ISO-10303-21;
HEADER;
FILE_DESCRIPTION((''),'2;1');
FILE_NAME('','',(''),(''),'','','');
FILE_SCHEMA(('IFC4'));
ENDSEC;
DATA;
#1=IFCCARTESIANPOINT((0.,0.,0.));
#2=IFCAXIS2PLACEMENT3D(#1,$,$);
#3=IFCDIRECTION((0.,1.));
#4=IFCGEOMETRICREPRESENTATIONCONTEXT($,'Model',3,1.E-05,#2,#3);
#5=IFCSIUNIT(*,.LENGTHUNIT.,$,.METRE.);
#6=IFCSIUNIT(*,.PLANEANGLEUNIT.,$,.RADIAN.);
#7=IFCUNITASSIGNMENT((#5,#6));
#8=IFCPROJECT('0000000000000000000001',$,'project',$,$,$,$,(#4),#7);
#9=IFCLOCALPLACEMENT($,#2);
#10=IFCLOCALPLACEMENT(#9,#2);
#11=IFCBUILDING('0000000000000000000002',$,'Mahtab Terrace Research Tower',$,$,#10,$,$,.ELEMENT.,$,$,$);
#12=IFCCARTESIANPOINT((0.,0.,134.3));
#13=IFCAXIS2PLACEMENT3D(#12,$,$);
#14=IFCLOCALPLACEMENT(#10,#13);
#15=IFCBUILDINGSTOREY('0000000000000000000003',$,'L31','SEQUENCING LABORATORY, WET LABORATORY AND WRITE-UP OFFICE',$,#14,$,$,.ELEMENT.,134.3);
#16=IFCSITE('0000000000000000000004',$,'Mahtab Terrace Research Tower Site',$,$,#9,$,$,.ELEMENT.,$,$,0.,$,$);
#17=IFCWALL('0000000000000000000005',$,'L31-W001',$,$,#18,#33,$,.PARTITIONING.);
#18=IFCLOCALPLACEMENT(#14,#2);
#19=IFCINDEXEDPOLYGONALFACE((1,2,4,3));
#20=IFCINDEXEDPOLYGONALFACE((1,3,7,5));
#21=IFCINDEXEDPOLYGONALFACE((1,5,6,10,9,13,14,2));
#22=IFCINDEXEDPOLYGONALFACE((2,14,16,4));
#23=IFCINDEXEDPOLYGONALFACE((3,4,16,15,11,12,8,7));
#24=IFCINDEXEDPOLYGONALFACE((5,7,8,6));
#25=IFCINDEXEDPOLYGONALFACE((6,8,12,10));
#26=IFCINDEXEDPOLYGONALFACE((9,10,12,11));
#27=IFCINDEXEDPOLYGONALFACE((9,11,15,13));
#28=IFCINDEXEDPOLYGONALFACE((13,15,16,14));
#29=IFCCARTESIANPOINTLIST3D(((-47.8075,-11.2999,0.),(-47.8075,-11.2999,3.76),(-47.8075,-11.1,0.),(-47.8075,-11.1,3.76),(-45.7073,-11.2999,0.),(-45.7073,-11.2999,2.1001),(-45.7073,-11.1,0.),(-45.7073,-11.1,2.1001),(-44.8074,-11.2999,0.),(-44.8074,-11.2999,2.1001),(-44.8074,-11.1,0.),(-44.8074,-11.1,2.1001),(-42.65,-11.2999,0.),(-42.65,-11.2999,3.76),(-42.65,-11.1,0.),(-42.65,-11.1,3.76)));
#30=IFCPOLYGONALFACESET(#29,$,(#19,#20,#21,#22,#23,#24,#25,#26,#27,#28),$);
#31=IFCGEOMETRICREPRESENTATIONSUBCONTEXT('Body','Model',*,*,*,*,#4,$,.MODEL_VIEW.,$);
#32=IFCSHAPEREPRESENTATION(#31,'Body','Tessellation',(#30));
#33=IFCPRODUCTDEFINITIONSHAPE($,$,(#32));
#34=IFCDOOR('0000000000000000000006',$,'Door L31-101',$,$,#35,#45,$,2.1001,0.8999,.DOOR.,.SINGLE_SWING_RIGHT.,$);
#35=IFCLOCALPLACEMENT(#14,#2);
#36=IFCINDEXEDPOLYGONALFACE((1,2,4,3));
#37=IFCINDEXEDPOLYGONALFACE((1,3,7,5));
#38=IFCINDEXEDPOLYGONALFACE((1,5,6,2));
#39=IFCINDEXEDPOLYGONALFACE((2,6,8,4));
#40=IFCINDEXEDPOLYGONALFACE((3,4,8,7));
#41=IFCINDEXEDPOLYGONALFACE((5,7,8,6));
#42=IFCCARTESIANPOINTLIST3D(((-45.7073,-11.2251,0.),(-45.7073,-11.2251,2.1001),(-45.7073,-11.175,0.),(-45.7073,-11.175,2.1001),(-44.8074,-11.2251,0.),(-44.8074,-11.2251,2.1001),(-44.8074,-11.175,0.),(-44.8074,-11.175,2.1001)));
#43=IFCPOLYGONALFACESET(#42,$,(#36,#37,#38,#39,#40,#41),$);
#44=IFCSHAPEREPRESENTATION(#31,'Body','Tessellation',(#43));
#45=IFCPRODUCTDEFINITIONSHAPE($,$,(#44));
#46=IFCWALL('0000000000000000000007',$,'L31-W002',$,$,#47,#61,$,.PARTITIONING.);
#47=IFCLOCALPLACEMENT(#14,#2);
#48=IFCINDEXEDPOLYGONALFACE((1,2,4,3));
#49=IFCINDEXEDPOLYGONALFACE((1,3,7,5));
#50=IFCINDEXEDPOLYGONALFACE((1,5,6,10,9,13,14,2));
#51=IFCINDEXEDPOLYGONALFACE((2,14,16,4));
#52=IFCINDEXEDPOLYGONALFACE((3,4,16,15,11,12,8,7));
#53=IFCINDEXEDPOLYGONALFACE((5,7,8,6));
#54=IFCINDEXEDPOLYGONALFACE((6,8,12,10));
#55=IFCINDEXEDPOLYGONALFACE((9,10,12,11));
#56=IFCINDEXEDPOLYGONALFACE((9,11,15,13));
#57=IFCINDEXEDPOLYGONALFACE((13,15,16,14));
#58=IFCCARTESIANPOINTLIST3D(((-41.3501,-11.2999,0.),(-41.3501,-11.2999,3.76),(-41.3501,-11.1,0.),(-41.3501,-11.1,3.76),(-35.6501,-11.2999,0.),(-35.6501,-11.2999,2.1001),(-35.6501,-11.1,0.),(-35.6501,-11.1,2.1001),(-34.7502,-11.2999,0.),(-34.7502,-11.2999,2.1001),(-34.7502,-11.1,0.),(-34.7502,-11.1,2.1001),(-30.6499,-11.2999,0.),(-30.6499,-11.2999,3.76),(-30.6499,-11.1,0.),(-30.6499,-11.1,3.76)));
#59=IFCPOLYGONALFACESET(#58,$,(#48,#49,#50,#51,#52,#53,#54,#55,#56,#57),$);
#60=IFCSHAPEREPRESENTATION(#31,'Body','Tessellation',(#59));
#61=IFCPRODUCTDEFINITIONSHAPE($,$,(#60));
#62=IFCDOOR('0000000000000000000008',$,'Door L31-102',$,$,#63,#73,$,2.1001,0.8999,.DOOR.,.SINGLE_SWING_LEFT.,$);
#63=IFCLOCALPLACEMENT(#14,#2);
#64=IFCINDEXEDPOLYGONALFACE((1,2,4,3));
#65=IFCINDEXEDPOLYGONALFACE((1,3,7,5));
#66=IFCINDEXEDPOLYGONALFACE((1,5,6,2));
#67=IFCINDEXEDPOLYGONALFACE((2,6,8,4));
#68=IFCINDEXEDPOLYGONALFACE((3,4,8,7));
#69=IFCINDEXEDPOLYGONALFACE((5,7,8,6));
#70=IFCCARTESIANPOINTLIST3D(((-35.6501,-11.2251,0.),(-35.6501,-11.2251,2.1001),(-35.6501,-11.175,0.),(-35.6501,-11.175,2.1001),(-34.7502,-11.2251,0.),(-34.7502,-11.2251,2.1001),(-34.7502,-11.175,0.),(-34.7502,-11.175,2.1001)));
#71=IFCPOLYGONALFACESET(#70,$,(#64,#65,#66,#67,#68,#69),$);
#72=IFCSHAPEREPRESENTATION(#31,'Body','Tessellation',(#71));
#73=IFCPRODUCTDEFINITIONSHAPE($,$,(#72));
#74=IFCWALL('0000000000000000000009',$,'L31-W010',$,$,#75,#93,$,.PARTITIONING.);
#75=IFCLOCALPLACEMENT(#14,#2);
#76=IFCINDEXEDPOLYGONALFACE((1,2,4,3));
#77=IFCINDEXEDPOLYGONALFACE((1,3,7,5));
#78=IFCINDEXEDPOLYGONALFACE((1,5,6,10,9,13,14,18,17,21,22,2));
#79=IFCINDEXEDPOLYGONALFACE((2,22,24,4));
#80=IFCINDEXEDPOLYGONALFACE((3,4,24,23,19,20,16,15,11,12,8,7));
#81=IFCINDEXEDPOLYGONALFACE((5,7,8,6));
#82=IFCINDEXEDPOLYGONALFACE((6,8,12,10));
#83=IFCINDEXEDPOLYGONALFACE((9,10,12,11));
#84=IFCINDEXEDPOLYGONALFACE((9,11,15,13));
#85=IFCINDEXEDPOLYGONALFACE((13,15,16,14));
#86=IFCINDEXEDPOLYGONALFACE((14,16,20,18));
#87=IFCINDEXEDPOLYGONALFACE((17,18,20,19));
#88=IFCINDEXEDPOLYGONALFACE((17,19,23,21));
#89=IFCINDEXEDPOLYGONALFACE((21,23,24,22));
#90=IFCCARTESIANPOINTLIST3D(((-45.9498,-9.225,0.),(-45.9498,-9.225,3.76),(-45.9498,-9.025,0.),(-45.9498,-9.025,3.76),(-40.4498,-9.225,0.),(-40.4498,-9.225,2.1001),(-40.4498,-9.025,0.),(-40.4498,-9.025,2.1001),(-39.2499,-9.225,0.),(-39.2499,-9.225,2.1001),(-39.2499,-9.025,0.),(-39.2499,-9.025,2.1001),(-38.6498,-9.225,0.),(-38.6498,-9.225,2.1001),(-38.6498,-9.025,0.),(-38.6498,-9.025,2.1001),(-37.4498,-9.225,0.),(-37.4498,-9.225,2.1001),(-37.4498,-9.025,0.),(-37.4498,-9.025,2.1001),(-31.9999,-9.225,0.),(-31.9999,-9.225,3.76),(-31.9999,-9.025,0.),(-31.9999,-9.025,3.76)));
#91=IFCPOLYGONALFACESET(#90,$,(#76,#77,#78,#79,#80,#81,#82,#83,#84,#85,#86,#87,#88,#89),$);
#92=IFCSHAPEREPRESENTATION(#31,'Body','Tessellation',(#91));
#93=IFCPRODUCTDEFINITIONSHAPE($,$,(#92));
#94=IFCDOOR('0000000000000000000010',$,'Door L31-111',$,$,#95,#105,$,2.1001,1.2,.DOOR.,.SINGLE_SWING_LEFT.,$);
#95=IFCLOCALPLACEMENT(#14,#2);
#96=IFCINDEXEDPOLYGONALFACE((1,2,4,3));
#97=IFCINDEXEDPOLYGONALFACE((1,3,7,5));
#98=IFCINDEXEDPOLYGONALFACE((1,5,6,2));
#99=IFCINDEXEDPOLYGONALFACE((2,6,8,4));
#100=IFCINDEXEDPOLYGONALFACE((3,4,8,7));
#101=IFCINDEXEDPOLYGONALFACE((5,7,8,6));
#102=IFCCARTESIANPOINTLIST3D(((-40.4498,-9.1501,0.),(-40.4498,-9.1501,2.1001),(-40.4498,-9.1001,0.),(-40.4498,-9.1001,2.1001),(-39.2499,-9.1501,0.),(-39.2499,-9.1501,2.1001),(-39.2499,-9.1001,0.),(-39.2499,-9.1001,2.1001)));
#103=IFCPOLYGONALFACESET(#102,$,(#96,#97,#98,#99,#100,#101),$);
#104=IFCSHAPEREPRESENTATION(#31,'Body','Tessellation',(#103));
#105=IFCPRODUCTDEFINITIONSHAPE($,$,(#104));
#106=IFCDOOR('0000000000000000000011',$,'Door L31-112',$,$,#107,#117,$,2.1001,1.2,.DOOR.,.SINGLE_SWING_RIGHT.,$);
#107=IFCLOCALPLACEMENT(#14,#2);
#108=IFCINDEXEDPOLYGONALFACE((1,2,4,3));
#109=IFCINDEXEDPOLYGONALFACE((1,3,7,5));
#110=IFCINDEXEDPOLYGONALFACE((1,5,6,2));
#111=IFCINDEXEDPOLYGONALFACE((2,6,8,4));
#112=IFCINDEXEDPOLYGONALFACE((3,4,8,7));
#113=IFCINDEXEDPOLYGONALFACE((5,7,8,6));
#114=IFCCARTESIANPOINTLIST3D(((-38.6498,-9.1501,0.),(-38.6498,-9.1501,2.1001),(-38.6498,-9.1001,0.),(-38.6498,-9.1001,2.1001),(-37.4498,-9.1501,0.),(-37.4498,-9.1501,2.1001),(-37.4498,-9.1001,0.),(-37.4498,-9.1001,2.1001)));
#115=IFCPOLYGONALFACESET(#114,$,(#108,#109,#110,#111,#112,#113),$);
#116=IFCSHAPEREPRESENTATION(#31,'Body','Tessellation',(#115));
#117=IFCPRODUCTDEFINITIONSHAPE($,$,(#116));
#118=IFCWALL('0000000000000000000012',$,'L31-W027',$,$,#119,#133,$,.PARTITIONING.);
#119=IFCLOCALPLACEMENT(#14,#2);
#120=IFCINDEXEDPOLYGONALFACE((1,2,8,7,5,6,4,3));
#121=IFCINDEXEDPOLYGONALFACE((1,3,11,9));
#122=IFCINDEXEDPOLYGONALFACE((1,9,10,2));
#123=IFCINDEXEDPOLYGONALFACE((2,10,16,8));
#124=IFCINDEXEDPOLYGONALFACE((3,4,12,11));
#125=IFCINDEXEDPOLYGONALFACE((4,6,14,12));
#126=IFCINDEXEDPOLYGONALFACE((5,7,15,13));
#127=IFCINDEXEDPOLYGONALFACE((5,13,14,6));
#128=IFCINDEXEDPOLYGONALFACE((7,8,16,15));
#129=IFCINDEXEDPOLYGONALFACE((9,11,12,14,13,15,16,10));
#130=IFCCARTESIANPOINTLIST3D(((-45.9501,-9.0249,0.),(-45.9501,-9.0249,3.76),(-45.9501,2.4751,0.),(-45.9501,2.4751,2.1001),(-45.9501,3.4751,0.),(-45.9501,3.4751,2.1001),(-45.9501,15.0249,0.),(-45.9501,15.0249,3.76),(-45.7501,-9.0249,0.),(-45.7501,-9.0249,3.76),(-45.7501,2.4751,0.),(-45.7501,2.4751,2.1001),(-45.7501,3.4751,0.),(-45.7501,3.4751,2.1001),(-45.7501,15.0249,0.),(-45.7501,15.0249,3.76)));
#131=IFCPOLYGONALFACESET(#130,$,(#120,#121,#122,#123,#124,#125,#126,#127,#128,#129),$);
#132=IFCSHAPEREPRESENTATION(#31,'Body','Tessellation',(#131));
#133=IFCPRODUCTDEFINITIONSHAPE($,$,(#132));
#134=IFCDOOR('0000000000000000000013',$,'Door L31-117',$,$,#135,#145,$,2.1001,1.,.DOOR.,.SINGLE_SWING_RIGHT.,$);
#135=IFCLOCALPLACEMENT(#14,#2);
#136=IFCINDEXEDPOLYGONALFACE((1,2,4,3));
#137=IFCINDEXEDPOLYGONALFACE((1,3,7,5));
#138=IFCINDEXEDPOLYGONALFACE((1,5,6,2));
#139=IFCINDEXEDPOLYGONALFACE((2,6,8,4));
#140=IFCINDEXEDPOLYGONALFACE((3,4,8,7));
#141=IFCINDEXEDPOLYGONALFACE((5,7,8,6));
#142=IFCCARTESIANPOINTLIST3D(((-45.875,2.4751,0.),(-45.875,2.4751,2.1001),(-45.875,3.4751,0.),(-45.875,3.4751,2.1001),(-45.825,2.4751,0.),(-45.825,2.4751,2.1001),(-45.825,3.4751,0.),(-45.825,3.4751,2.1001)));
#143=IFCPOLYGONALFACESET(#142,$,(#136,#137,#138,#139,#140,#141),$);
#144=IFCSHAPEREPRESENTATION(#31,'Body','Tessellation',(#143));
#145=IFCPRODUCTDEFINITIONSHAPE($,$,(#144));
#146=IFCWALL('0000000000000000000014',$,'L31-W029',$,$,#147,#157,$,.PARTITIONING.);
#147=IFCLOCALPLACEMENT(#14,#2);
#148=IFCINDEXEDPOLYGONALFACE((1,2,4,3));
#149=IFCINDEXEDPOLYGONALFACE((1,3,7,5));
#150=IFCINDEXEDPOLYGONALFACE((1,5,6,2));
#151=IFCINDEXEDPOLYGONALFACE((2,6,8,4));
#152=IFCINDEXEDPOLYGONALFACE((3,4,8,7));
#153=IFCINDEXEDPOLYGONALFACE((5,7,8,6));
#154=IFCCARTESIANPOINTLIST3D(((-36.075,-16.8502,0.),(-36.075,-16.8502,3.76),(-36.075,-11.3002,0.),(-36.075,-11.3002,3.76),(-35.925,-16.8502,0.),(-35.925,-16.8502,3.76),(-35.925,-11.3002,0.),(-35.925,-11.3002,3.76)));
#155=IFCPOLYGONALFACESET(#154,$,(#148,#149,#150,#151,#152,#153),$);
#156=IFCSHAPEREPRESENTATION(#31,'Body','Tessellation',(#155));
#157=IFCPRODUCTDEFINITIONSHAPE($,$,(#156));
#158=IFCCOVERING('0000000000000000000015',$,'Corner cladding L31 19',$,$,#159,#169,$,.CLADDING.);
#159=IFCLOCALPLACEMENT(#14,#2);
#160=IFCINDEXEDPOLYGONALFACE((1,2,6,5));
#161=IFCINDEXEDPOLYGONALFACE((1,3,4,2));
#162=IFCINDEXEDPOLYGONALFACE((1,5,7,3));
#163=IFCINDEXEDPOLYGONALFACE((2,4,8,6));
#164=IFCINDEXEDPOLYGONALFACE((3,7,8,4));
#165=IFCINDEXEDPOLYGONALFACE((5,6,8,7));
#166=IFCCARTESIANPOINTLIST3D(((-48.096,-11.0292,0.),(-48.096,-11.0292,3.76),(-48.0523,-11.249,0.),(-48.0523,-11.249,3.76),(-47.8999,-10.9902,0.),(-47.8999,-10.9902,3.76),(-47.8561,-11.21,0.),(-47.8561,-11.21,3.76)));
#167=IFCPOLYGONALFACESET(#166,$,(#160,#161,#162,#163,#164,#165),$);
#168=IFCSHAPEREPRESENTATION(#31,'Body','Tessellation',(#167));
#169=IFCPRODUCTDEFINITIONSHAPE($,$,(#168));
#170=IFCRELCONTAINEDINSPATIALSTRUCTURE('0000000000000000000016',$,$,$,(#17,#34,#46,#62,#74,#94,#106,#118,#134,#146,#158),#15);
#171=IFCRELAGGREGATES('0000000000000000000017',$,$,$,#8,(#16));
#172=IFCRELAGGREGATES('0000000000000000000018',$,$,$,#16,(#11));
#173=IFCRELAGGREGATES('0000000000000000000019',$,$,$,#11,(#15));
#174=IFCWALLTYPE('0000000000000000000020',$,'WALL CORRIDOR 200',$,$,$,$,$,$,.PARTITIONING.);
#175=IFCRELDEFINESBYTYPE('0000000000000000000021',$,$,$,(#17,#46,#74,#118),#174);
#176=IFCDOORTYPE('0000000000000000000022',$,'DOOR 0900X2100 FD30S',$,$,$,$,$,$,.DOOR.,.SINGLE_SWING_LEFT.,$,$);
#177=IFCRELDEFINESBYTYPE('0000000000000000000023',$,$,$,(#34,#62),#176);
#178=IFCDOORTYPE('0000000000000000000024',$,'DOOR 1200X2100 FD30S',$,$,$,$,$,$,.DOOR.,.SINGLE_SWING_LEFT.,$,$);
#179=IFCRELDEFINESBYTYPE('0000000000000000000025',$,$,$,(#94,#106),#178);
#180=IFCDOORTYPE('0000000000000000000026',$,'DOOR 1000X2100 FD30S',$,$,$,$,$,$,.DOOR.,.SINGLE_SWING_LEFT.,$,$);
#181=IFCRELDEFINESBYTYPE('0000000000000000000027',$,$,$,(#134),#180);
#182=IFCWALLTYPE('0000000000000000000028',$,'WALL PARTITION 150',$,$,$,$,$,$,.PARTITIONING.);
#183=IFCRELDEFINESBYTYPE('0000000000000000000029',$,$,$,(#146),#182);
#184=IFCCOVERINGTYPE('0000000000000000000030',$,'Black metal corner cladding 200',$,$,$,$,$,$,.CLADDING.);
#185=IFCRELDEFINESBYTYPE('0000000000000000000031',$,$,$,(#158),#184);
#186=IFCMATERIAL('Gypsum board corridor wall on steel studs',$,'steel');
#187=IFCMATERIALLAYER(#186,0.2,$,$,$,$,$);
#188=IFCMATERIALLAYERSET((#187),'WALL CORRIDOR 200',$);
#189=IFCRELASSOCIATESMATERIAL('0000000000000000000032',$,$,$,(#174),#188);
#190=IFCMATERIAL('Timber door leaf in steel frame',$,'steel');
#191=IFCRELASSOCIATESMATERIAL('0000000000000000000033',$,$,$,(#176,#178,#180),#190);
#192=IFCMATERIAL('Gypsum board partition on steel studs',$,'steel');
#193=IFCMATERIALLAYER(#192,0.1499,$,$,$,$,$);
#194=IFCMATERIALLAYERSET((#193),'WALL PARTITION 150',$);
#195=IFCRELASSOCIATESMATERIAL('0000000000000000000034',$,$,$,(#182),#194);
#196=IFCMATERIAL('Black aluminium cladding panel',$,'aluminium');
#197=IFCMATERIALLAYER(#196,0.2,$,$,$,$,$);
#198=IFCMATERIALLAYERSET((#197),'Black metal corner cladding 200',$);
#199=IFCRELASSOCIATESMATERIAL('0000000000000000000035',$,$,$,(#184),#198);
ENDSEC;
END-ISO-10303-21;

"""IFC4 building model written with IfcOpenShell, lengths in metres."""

from ifc_helpers import new_model, si_unit, direction, frame, frame_2d, origin, origin_2d, place, context, subcontext, project, spatial, rectangle, extrude, material, layer, layer_set, type_object, element, fill, save


model = new_model("IFC4")

# Units and contexts
model_context = context("Model", 3, precision=1e-05, world=origin(), true_north=direction((0.0, 1.0)))
body_context = subcontext(model_context, "Body", "Model", "MODEL_VIEW")
ifc_project = project(units=[si_unit("LENGTHUNIT", "METRE"), si_unit("PLANEANGLEUNIT", "RADIAN")], contexts=[model_context])

# Site, building, storey
site_placement = place(None, origin())
site = spatial("IfcSite", under=ifc_project, at=site_placement, Name="Mahtab Terrace Research Tower Site", CompositionType="ELEMENT", RefElevation=0.0)
building_placement = place(site_placement, origin())
building = spatial("IfcBuilding", under=site, at=building_placement, Name="Mahtab Terrace Research Tower", CompositionType="ELEMENT")
storey_placement = place(building_placement, frame((0.0, 0.0, 134.3)))
storey = spatial("IfcBuildingStorey", under=building, at=storey_placement, Name="L31", Description="SEQUENCING LABORATORY, WET LABORATORY AND WRITE-UP OFFICE", CompositionType="ELEMENT", Elevation=134.3)

# Shared definitions
ifc_material_1 = material(Name="Black aluminium cladding panel", Category="aluminium")

# Walls, openings, doors
ifc_material_2 = material(Name="Gypsum board corridor wall on steel studs", Category="steel")
ifc_layer_1 = layer(ifc_material_2, 0.2)
ifc_layer_set_1 = layer_set([ifc_layer_1], Name="WALL CORRIDOR 200")
wall_type_1 = type_object("IfcWallType", Name="WALL CORRIDOR 200", PredefinedType="PARTITIONING", material=ifc_layer_set_1)
wall_1_placement = place(storey_placement, frame((-47.8074, -11.2, 0.0), z_axis=(0.0, 0.0, 1.0), x_axis=(1.0, 0.0, 0.0)))
wall_1 = element("IfcWall", 1, at=wall_1_placement, inside=storey, type_object=wall_type_1, Name="L31-W001", PredefinedType="PARTITIONING", context=body_context, shape_type="SweptSolid", body=[
    extrude(rectangle(XDim=5.1575, YDim=0.2, at=frame_2d((2.5786, 0.0))), origin(), (0.0, 0.0, 1.0), 3.76),
])
opening_1_placement = place(wall_1_placement, frame((2.1001, 0.0, 0.0)))
opening_1 = element("IfcOpeningElement", 2, at=opening_1_placement, cuts=wall_1, PredefinedType="OPENING", context=body_context, shape_type="SweptSolid", body=[
    extrude(rectangle(XDim=0.8999, YDim=2.1001, at=frame_2d((0.45, 1.05))), frame((0.0, 0.1099, 0.0), z_axis=(0.0, -1.0, 0.0), x_axis=(1.0, 0.0, 0.0)), (0.0, 0.0, 1.0), 0.22),
])
ifc_material_3 = material(Name="Timber door leaf in steel frame", Category="steel")
door_type_1 = type_object("IfcDoorType", Name="DOOR 0900X2100 FD30S", OperationType="SINGLE_SWING_LEFT", PredefinedType="DOOR", material=ifc_material_3)
door_1_placement = place(opening_1_placement, origin())
door_1 = element("IfcDoor", 3, at=door_1_placement, inside=storey, type_object=door_type_1, Name="Door L31-101", OperationType="SINGLE_SWING_RIGHT", OverallHeight=2.1001, OverallWidth=0.8999, PredefinedType="DOOR", context=body_context, shape_type="SweptSolid", body=[
    extrude(rectangle(XDim=0.8999, YDim=2.1001, at=frame_2d((0.45, 1.05))), frame((0.0, 0.0249, 0.0), z_axis=(0.0, -1.0, 0.0), x_axis=(1.0, 0.0, 0.0)), (0.0, 0.0, 1.0), 0.05),
])
fill(opening_1, door_1)
wall_2_placement = place(storey_placement, frame((-41.3501, -11.2, 0.0), z_axis=(0.0, 0.0, 1.0), x_axis=(1.0, 0.0, 0.0)))
wall_2 = element("IfcWall", 4, at=wall_2_placement, inside=storey, type_object=wall_type_1, Name="L31-W002", PredefinedType="PARTITIONING", context=body_context, shape_type="SweptSolid", body=[
    extrude(rectangle(XDim=10.7002, YDim=0.2, at=frame_2d((5.3501, 0.0))), origin(), (0.0, 0.0, 1.0), 3.76),
])
opening_2_placement = place(wall_2_placement, frame((5.7, 0.0, 0.0)))
opening_2 = element("IfcOpeningElement", 5, at=opening_2_placement, cuts=wall_2, PredefinedType="OPENING", context=body_context, shape_type="SweptSolid", body=[
    extrude(rectangle(XDim=0.8999, YDim=2.1001, at=frame_2d((0.45, 1.05))), frame((0.0, 0.1099, 0.0), z_axis=(0.0, -1.0, 0.0), x_axis=(1.0, 0.0, 0.0)), (0.0, 0.0, 1.0), 0.22),
])
door_2_placement = place(opening_2_placement, origin())
door_2 = element("IfcDoor", 6, at=door_2_placement, inside=storey, type_object=door_type_1, Name="Door L31-102", OperationType="SINGLE_SWING_LEFT", OverallHeight=2.1001, OverallWidth=0.8999, PredefinedType="DOOR", context=body_context, shape_type="SweptSolid", body=[
    extrude(rectangle(XDim=0.8999, YDim=2.1001, at=frame_2d((0.45, 1.05))), frame((0.0, 0.0249, 0.0), z_axis=(0.0, -1.0, 0.0), x_axis=(1.0, 0.0, 0.0)), (0.0, 0.0, 1.0), 0.05),
])
fill(opening_2, door_2)

# Wall, openings, doors
wall_3_placement = place(storey_placement, frame((-45.95, -9.125, 0.0), z_axis=(0.0, 0.0, 1.0), x_axis=(1.0, 0.0, 0.0)))
wall_3 = element("IfcWall", 7, at=wall_3_placement, inside=storey, type_object=wall_type_1, Name="L31-W010", PredefinedType="PARTITIONING", context=body_context, shape_type="SweptSolid", body=[
    extrude(rectangle(XDim=13.95, YDim=0.2, at=frame_2d((6.9751, 0.0))), origin(), (0.0, 0.0, 1.0), 3.76),
])
opening_3_placement = place(wall_3_placement, frame((5.5, 0.0, 0.0)))
opening_3 = element("IfcOpeningElement", 8, at=opening_3_placement, cuts=wall_3, PredefinedType="OPENING", context=body_context, shape_type="SweptSolid", body=[
    extrude(rectangle(XDim=1.2, YDim=2.1001, at=frame_2d((0.6001, 1.05))), frame((0.0, 0.1099, 0.0), z_axis=(0.0, -1.0, 0.0), x_axis=(1.0, 0.0, 0.0)), (0.0, 0.0, 1.0), 0.22),
])
opening_4_placement = place(wall_3_placement, frame((7.3, 0.0, 0.0)))
opening_4 = element("IfcOpeningElement", 9, at=opening_4_placement, cuts=wall_3, PredefinedType="OPENING", context=body_context, shape_type="SweptSolid", body=[
    extrude(rectangle(XDim=1.2, YDim=2.1001, at=frame_2d((0.6001, 1.05))), frame((0.0, 0.1099, 0.0), z_axis=(0.0, -1.0, 0.0), x_axis=(1.0, 0.0, 0.0)), (0.0, 0.0, 1.0), 0.22),
])
door_type_2 = type_object("IfcDoorType", Name="DOOR 1200X2100 FD30S", OperationType="SINGLE_SWING_LEFT", PredefinedType="DOOR", material=ifc_material_3)
door_3_placement = place(opening_3_placement, origin())
door_3 = element("IfcDoor", 10, at=door_3_placement, inside=storey, type_object=door_type_2, Name="Door L31-111", OperationType="SINGLE_SWING_LEFT", OverallHeight=2.1001, OverallWidth=1.2, PredefinedType="DOOR", context=body_context, shape_type="SweptSolid", body=[
    extrude(rectangle(XDim=1.2, YDim=2.1001, at=frame_2d((0.6001, 1.05))), frame((0.0, 0.0249, 0.0), z_axis=(0.0, -1.0, 0.0), x_axis=(1.0, 0.0, 0.0)), (0.0, 0.0, 1.0), 0.05),
])
fill(opening_3, door_3)
door_4_placement = place(opening_4_placement, origin())
door_4 = element("IfcDoor", 11, at=door_4_placement, inside=storey, type_object=door_type_2, Name="Door L31-112", OperationType="SINGLE_SWING_RIGHT", OverallHeight=2.1001, OverallWidth=1.2, PredefinedType="DOOR", context=body_context, shape_type="SweptSolid", body=[
    extrude(rectangle(XDim=1.2, YDim=2.1001, at=frame_2d((0.6001, 1.05))), frame((0.0, 0.0249, 0.0), z_axis=(0.0, -1.0, 0.0), x_axis=(1.0, 0.0, 0.0)), (0.0, 0.0, 1.0), 0.05),
])
fill(opening_4, door_4)

# Wall, opening, door
wall_4_placement = place(storey_placement, frame((-45.8501, -9.0249, 0.0), z_axis=(0.0, 0.0, 1.0), x_axis=(0.0, 1.0, 0.0)))
wall_4 = element("IfcWall", 12, at=wall_4_placement, inside=storey, type_object=wall_type_1, Name="L31-W027", PredefinedType="PARTITIONING", context=body_context, shape_type="SweptSolid", body=[
    extrude(rectangle(XDim=24.0498, YDim=0.2, at=frame_2d((12.0249, 0.0))), origin(), (0.0, 0.0, 1.0), 3.76),
])
opening_5_placement = place(wall_4_placement, frame((11.5, 0.0, 0.0)))
opening_5 = element("IfcOpeningElement", 13, at=opening_5_placement, cuts=wall_4, PredefinedType="OPENING", context=body_context, shape_type="SweptSolid", body=[
    extrude(rectangle(XDim=1.0, YDim=2.1001, at=frame_2d((0.5, 1.05))), frame((0.0, 0.1099, 0.0), z_axis=(0.0, -1.0, 0.0), x_axis=(1.0, 0.0, 0.0)), (0.0, 0.0, 1.0), 0.22),
])
door_type_3 = type_object("IfcDoorType", Name="DOOR 1000X2100 FD30S", OperationType="SINGLE_SWING_LEFT", PredefinedType="DOOR", material=ifc_material_3)
door_5_placement = place(opening_5_placement, origin())
door_5 = element("IfcDoor", 14, at=door_5_placement, inside=storey, type_object=door_type_3, Name="Door L31-117", OperationType="SINGLE_SWING_RIGHT", OverallHeight=2.1001, OverallWidth=1.0, PredefinedType="DOOR", context=body_context, shape_type="SweptSolid", body=[
    extrude(rectangle(XDim=1.0, YDim=2.1001, at=frame_2d((0.5, 1.05))), frame((0.0, 0.0249, 0.0), z_axis=(0.0, -1.0, 0.0), x_axis=(1.0, 0.0, 0.0)), (0.0, 0.0, 1.0), 0.05),
])
fill(opening_5, door_5)

# Wall
ifc_material_4 = material(Name="Gypsum board partition on steel studs", Category="steel")
ifc_layer_2 = layer(ifc_material_4, 0.1499)
ifc_layer_set_2 = layer_set([ifc_layer_2], Name="WALL PARTITION 150")
wall_type_2 = type_object("IfcWallType", Name="WALL PARTITION 150", PredefinedType="PARTITIONING", material=ifc_layer_set_2)
wall_5_placement = place(storey_placement, frame((-36.0, -16.8501, 0.0), z_axis=(0.0, 0.0, 1.0), x_axis=(0.0, 1.0, 0.0)))
element("IfcWall", 15, at=wall_5_placement, inside=storey, type_object=wall_type_2, Name="L31-W029", PredefinedType="PARTITIONING", context=body_context, shape_type="SweptSolid", body=[
    extrude(rectangle(XDim=5.55, YDim=0.1499, at=frame_2d((2.7749, 0.0))), origin(), (0.0, 0.0, 1.0), 3.76),
])

# Covering
ifc_layer_3 = layer(ifc_material_1, 0.2)
ifc_layer_set_3 = layer_set([ifc_layer_3], Name="Black metal corner cladding 200")
covering_type_1 = type_object("IfcCoveringType", Name="Black metal corner cladding 200", PredefinedType="CLADDING", material=ifc_layer_set_3)
covering_1_placement = place(storey_placement, frame((-47.9761, -11.1196, 0.0), z_axis=(0.0, 0.0, 1.0), x_axis=(0.195212, -0.980761, 0.0)))
element("IfcCovering", 16, at=covering_1_placement, inside=storey, type_object=covering_type_1, Name="Corner cladding L31 19", PredefinedType="CLADDING", context=body_context, shape_type="SweptSolid", body=[
    extrude(rectangle(XDim=0.2241, YDim=0.2, at=origin_2d()), origin(), (0.0, 0.0, 1.0), 3.76),
])

save(model, "model.ifc")
